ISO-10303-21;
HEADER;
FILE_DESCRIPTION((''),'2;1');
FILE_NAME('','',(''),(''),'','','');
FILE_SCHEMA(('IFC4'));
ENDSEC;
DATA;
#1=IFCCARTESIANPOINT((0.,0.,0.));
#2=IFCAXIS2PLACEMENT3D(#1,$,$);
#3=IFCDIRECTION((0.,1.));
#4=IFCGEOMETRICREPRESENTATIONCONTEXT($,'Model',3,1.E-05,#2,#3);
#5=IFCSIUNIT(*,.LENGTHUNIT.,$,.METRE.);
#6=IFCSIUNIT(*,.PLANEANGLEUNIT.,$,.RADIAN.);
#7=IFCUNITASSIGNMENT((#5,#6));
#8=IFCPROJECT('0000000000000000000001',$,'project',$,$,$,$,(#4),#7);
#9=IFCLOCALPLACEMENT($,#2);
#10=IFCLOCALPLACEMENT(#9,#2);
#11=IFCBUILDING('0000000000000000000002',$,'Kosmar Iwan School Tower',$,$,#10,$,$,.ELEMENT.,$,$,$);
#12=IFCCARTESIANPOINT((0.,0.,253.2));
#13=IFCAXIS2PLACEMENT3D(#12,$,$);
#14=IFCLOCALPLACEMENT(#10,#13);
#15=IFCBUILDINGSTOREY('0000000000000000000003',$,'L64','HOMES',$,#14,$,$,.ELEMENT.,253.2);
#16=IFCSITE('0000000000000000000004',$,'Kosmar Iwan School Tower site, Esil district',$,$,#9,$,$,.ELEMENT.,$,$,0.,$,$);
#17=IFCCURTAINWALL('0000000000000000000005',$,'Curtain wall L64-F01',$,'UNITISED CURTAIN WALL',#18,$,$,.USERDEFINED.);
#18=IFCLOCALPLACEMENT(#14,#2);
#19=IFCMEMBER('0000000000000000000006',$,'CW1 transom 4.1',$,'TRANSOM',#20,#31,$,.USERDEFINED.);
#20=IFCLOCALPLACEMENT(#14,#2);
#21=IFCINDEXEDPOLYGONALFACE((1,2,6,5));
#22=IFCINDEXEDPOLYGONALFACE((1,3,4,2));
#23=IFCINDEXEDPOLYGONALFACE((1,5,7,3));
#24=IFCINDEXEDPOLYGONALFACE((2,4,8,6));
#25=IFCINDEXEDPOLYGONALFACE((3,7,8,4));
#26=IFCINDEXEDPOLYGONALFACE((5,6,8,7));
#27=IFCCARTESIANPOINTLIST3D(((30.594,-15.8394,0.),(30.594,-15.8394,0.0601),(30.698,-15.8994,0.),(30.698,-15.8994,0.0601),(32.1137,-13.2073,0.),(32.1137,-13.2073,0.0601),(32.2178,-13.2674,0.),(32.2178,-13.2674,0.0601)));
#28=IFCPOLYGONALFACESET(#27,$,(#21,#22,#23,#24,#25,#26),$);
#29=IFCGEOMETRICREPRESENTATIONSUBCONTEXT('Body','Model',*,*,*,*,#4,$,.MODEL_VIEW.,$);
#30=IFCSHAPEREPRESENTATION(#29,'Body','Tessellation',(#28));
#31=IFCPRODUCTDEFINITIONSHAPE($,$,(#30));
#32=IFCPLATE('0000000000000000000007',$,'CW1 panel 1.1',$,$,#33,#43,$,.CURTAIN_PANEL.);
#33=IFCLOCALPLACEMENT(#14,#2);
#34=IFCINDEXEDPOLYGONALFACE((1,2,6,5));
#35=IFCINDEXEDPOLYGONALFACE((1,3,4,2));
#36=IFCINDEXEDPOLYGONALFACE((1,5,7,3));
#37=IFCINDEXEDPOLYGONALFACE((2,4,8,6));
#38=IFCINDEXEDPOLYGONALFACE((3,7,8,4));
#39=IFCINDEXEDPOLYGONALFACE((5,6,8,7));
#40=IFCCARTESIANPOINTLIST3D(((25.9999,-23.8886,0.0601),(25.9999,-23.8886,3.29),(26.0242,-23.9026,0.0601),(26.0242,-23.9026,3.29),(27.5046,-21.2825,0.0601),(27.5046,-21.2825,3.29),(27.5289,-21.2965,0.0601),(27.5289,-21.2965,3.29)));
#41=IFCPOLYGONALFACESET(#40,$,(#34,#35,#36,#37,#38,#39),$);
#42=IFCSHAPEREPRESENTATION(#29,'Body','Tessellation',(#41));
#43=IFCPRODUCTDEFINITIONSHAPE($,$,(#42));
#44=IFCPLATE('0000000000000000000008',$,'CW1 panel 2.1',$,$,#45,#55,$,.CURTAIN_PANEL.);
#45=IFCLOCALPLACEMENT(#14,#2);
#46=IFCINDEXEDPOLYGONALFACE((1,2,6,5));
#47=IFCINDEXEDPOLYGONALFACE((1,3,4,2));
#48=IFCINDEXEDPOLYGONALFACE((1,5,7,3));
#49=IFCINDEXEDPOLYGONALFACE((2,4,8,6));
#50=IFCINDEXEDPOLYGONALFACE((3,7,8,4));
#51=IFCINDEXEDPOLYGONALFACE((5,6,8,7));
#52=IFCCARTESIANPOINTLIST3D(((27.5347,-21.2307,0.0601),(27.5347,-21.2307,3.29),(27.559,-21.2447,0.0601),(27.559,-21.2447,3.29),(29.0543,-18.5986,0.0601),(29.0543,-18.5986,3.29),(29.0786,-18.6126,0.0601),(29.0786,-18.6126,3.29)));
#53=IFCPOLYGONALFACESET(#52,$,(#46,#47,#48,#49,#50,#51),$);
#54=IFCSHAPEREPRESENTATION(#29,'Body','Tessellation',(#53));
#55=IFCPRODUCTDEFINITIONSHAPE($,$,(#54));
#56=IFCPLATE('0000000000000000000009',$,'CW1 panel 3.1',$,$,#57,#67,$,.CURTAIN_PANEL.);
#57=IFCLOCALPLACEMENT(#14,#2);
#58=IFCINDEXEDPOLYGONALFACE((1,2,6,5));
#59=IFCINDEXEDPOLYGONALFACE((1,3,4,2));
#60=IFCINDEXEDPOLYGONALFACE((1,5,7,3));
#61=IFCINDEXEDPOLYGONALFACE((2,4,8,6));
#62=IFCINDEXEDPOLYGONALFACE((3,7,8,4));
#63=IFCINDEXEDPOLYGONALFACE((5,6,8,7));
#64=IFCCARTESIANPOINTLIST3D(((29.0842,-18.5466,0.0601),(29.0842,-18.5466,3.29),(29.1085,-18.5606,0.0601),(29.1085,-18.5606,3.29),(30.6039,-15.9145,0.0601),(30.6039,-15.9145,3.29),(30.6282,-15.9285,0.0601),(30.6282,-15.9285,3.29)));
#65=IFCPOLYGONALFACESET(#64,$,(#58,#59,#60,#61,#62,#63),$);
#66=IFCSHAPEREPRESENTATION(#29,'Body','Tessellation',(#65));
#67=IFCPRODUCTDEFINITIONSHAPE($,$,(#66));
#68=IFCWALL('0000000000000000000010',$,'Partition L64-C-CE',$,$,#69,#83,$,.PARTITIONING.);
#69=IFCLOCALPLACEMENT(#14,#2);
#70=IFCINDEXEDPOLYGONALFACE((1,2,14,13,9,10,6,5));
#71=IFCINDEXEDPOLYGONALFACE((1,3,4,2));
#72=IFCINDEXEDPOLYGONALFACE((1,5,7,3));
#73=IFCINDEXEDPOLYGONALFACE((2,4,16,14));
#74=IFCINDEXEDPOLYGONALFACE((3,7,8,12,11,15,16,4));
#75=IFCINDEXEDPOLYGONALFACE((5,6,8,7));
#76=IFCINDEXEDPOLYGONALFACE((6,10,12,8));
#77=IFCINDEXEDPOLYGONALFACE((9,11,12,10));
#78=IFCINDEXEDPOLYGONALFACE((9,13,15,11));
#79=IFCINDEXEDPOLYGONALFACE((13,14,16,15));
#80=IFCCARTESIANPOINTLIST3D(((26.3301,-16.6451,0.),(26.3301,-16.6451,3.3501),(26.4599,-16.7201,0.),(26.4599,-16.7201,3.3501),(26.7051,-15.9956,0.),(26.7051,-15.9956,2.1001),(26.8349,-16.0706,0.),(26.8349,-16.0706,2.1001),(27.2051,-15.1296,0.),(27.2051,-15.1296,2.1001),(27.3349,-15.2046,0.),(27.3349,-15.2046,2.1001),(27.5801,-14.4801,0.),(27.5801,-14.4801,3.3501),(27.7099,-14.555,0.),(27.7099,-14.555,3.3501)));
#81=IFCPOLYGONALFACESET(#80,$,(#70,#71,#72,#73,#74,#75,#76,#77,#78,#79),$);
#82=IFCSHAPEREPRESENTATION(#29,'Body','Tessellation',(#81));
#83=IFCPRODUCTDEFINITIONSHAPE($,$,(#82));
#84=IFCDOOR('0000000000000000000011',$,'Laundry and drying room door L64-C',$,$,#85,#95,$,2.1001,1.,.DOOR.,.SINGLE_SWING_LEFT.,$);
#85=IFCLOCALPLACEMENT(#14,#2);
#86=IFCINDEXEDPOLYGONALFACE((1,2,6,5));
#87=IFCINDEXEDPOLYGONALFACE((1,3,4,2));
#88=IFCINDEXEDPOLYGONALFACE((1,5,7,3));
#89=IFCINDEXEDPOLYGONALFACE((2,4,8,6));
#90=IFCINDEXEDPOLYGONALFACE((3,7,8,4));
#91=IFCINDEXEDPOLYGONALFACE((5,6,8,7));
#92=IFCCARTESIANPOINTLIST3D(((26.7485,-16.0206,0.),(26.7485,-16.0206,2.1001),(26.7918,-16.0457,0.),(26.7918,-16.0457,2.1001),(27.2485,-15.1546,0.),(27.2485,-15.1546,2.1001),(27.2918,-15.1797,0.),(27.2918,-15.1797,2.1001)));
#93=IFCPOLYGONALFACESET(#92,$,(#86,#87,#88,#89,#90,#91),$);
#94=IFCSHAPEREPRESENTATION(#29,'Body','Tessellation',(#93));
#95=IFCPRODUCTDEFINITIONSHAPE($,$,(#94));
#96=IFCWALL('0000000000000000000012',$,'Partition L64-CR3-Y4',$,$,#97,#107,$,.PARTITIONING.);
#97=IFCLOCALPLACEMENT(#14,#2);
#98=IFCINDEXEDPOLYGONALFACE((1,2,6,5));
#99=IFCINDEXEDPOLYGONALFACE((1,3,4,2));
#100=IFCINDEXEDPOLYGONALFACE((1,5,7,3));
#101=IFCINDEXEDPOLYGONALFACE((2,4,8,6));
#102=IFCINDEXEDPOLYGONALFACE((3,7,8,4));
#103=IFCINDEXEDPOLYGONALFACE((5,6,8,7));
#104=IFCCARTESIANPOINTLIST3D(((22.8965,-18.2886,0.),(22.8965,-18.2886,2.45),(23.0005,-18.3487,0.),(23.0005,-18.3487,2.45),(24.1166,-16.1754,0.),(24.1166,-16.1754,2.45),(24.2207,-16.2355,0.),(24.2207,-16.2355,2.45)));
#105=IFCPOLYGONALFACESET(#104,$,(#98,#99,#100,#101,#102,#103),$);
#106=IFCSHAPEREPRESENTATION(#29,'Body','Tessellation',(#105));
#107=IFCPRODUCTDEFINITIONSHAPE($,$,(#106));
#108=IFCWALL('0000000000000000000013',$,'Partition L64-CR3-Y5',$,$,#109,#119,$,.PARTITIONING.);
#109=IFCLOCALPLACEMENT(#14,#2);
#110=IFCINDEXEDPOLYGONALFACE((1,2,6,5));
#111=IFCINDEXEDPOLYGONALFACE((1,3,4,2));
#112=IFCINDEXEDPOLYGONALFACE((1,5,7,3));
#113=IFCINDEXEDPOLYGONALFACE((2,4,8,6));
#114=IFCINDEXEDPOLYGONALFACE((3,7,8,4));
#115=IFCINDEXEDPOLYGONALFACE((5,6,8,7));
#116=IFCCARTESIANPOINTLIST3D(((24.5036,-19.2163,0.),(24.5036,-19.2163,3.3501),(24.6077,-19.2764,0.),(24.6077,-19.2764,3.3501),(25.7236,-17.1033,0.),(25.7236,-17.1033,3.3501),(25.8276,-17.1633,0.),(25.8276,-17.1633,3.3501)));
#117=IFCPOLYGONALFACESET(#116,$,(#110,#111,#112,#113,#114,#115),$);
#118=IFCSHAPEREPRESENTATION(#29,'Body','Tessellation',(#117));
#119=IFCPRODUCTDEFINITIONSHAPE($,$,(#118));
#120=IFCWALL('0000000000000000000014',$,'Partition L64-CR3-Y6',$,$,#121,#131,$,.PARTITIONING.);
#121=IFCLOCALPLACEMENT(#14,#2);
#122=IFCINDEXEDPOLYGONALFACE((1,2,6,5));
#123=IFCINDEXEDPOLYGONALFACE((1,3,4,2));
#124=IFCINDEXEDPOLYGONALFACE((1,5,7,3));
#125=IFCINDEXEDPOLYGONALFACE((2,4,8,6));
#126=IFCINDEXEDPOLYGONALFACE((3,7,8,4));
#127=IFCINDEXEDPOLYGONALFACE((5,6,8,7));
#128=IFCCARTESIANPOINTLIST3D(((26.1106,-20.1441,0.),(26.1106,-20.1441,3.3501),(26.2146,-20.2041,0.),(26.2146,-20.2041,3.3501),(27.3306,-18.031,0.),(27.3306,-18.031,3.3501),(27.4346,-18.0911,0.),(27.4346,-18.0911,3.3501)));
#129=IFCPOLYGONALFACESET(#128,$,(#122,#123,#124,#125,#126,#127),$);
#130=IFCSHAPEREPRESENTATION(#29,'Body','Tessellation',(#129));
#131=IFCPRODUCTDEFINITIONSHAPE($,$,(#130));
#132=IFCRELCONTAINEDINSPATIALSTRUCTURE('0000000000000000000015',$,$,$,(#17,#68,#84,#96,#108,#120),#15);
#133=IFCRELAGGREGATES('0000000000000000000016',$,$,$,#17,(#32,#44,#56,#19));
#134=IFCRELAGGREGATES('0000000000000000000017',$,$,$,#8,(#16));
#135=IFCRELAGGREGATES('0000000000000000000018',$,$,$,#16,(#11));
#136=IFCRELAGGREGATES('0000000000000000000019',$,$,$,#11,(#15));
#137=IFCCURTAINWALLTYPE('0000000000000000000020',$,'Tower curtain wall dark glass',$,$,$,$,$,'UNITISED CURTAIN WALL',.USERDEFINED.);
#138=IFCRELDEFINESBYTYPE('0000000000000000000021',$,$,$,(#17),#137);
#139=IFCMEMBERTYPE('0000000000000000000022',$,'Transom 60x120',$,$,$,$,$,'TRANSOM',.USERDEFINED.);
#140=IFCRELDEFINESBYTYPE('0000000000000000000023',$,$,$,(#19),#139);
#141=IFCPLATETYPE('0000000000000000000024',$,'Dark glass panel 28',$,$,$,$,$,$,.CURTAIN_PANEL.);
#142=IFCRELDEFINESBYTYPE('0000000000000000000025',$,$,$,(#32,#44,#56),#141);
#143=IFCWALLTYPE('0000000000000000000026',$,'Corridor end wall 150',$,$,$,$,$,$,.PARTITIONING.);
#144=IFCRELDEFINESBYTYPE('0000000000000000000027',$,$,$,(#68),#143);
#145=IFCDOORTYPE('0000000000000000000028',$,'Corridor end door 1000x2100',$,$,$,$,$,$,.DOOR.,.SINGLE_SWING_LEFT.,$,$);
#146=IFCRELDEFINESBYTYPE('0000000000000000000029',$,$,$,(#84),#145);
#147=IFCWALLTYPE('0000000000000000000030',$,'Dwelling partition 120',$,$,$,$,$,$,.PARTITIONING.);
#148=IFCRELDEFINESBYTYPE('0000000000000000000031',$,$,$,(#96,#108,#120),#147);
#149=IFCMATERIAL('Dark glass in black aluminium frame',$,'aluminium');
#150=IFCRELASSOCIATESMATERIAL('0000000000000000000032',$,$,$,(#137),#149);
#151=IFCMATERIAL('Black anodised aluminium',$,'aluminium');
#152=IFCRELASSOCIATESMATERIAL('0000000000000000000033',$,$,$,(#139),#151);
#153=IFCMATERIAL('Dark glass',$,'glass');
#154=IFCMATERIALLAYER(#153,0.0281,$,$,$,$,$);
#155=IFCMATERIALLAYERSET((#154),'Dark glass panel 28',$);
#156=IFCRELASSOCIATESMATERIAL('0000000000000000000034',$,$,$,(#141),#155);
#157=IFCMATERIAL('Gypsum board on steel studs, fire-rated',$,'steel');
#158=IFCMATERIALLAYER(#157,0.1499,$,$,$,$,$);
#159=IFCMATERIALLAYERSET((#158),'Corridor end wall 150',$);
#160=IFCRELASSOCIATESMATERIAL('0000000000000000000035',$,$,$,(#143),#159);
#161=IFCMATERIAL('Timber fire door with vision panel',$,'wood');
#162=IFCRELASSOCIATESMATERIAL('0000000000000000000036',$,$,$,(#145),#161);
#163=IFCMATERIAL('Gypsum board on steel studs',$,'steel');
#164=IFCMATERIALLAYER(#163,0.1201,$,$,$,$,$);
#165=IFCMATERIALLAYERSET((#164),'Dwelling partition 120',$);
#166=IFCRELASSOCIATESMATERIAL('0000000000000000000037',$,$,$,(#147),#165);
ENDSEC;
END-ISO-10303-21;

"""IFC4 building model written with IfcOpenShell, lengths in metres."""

from ifc_helpers import new_model, si_unit, direction, frame, frame_2d, origin, origin_2d, place, context, subcontext, project, spatial, rectangle, extrude, material, layer, layer_set, material_profile, profile_set, type_object, element, fill, aggregate, save


model = new_model("IFC4")

# Units and contexts
model_context = context("Model", 3, precision=1e-05, world=origin(), true_north=direction((0.0, 1.0)))
body_context = subcontext(model_context, "Body", "Model", "MODEL_VIEW")
ifc_project = project(units=[si_unit("LENGTHUNIT", "METRE"), si_unit("PLANEANGLEUNIT", "RADIAN")], contexts=[model_context])

# Site, building, storey
site_placement = place(None, origin())
site = spatial("IfcSite", under=ifc_project, at=site_placement, Name="Kosmar Iwan School Tower site, Esil district", CompositionType="ELEMENT", RefElevation=0.0)
building_placement = place(site_placement, origin())
building = spatial("IfcBuilding", under=site, at=building_placement, Name="Kosmar Iwan School Tower", CompositionType="ELEMENT")
storey_placement = place(building_placement, frame((0.0, 0.0, 253.2)))
storey = spatial("IfcBuildingStorey", under=building, at=storey_placement, Name="L64", Description="HOMES", CompositionType="ELEMENT", Elevation=253.2)

# Curtain wall
ifc_material_1 = material(Name="Dark glass in black aluminium frame", Category="aluminium")
curtain_wall_type_1 = type_object("IfcCurtainWallType", Name="Tower curtain wall dark glass", ElementType="UNITISED CURTAIN WALL", PredefinedType="USERDEFINED", material=ifc_material_1)
curtain_wall_1_placement = place(storey_placement, origin())
curtain_wall_1 = element("IfcCurtainWall", 1, at=curtain_wall_1_placement, inside=storey, type_object=curtain_wall_type_1, Name="Curtain wall L64-F01", ObjectType="UNITISED CURTAIN WALL", PredefinedType="USERDEFINED")

# Member
ifc_material_2 = material(Name="Black anodised aluminium", Category="aluminium")
ifc_material_profile_1 = material_profile(ifc_material_2, rectangle(XDim=0.1201, YDim=0.0601, at=origin_2d()), Name="TRANSOM 60x120")
ifc_profile_set_1 = profile_set([ifc_material_profile_1], Name="Black anodised aluminium")
member_type_1 = type_object("IfcMemberType", Name="Transom 60x120", ElementType="TRANSOM", PredefinedType="USERDEFINED", material=ifc_profile_set_1)
member_1_placement = place(storey_placement, frame((30.646, -15.8694, 0.03), z_axis=(0.500035, 0.866005, 0.0), x_axis=(-0.866005, 0.500035, 0.0)))
member_1 = element("IfcMember", 2, at=member_1_placement, type_object=member_type_1, Name="CW1 transom 4.1", ObjectType="TRANSOM", PredefinedType="USERDEFINED", context=body_context, shape_type="SweptSolid", body=[
    extrude(rectangle(XDim=0.1201, YDim=0.0601, at=origin_2d()), origin(), (0.0, 0.0, 1.0), 3.0393),
])

# Plates
ifc_material_3 = material(Name="Dark glass", Category="glass")
ifc_layer_1 = layer(ifc_material_3, 0.0281)
ifc_layer_set_1 = layer_set([ifc_layer_1], Name="Dark glass panel 28")
plate_type = type_object("IfcPlateType", Name="Dark glass panel 28", PredefinedType="CURTAIN_PANEL", material=ifc_layer_set_1)
plate_1_placement = place(storey_placement, frame((26.7644, -22.5925, 0.0601), z_axis=(0.0, 0.0, 1.0), x_axis=(0.5, 0.866025, 0.0)))
plate_1 = element("IfcPlate", 3, at=plate_1_placement, type_object=plate_type, Name="CW1 panel 1.1", PredefinedType="CURTAIN_PANEL", context=body_context, shape_type="SweptSolid", body=[
    extrude(rectangle(XDim=3.0093, YDim=0.0281, at=origin_2d()), origin(), (0.0, 0.0, 1.0), 3.23),
])
plate_2_placement = place(storey_placement, frame((28.3066, -19.9216, 0.0601), z_axis=(0.0, 0.0, 1.0), x_axis=(0.5, 0.866025, 0.0)))
plate_2 = element("IfcPlate", 4, at=plate_2_placement, type_object=plate_type, Name="CW1 panel 2.1", PredefinedType="CURTAIN_PANEL", context=body_context, shape_type="SweptSolid", body=[
    extrude(rectangle(XDim=3.0393, YDim=0.0281, at=origin_2d()), origin(), (0.0, 0.0, 1.0), 3.23),
])
plate_3_placement = place(storey_placement, frame((29.8562, -17.2375, 0.0601), z_axis=(0.0, 0.0, 1.0), x_axis=(0.5, 0.866025, 0.0)))
plate_3 = element("IfcPlate", 5, at=plate_3_placement, type_object=plate_type, Name="CW1 panel 3.1", PredefinedType="CURTAIN_PANEL", context=body_context, shape_type="SweptSolid", body=[
    extrude(rectangle(XDim=3.0393, YDim=0.0281, at=origin_2d()), origin(), (0.0, 0.0, 1.0), 3.23),
])
aggregate(curtain_wall_1, [plate_1, plate_2, plate_3, member_1])

# Wall, opening, door
ifc_material_4 = material(Name="Gypsum board on steel studs, fire-rated", Category="steel")
ifc_layer_2 = layer(ifc_material_4, 0.1499)
ifc_layer_set_2 = layer_set([ifc_layer_2], Name="Corridor end wall 150")
wall_type_1 = type_object("IfcWallType", Name="Corridor end wall 150", PredefinedType="PARTITIONING", material=ifc_layer_set_2)
wall_1_placement = place(storey_placement, frame((26.395, -16.6826, 0.0), z_axis=(0.0, 0.0, 1.0), x_axis=(0.500004, 0.866023, 0.0)))
wall_1 = element("IfcWall", 6, at=wall_1_placement, inside=storey, type_object=wall_type_1, Name="Partition L64-C-CE", PredefinedType="PARTITIONING", context=body_context, shape_type="SweptSolid", body=[
    extrude(rectangle(XDim=2.5, YDim=0.1499, at=frame_2d((1.25, 0.0))), origin(), (0.0, 0.0, 1.0), 3.3501),
])
opening_placement = place(wall_1_placement, frame((0.75, 0.0, 0.0)))
opening = element("IfcOpeningElement", 7, at=opening_placement, cuts=wall_1, PredefinedType="OPENING", context=body_context, shape_type="SweptSolid", body=[
    extrude(rectangle(XDim=1.0, YDim=2.1001, at=frame_2d((0.5, 1.05))), frame((0.0, 0.0869, 0.0), z_axis=(0.0, -1.0, 0.0), x_axis=(1.0, 0.0, 0.0)), (0.0, 0.0, 1.0), 0.1738),
])
ifc_material_5 = material(Name="Timber fire door with vision panel", Category="wood")
door_type = type_object("IfcDoorType", Name="Corridor end door 1000x2100", OperationType="SINGLE_SWING_LEFT", PredefinedType="DOOR", material=ifc_material_5)
door_placement = place(opening_placement, origin())
door = element("IfcDoor", 8, at=door_placement, inside=storey, type_object=door_type, Name="Laundry and drying room door L64-C", OperationType="SINGLE_SWING_LEFT", OverallHeight=2.1001, OverallWidth=1.0, PredefinedType="DOOR", context=body_context, shape_type="SweptSolid", body=[
    extrude(rectangle(XDim=1.0, YDim=2.1001, at=frame_2d((0.5, 1.05))), frame((0.0, 0.0249, 0.0), z_axis=(0.0, -1.0, 0.0), x_axis=(1.0, 0.0, 0.0)), (0.0, 0.0, 1.0), 0.05),
])
fill(opening, door)

# Walls
ifc_material_6 = material(Name="Gypsum board on steel studs", Category="steel")
ifc_layer_3 = layer(ifc_material_6, 0.1201)
ifc_layer_set_3 = layer_set([ifc_layer_3], Name="Dwelling partition 120")
wall_type_2 = type_object("IfcWallType", Name="Dwelling partition 120", PredefinedType="PARTITIONING", material=ifc_layer_set_3)
wall_2_placement = place(storey_placement, frame((24.1687, -16.2053, 0.0), z_axis=(0.0, 0.0, 1.0), x_axis=(-0.500034, -0.866006, 0.0)))
element("IfcWall", 9, at=wall_2_placement, inside=storey, type_object=wall_type_2, Name="Partition L64-CR3-Y4", PredefinedType="PARTITIONING", context=body_context, shape_type="SweptSolid", body=[
    extrude(rectangle(XDim=2.4402, YDim=0.1201, at=frame_2d((1.2202, 0.0))), origin(), (0.0, 0.0, 1.0), 2.45),
])
for number, where, z_axis, x_axis, name in (
    (10, (25.7756, -17.1333, 0.0), (0.0, 0.0, 1.0), (-0.500003, -0.866024, 0.0), "Partition L64-CR3-Y5"),
    (11, (27.3826, -18.061, 0.0), (0.0, 0.0, 1.0), (-0.500003, -0.866024, 0.0), "Partition L64-CR3-Y6"),
):
    element("IfcWall", number, at=place(storey_placement, frame(where, z_axis=z_axis, x_axis=x_axis)), inside=storey, type_object=wall_type_2, Name=name, PredefinedType="PARTITIONING", context=body_context, shape_type="SweptSolid", body=[
        extrude(rectangle(XDim=2.4399, YDim=0.1201, at=frame_2d((1.22, 0.0))), origin(), (0.0, 0.0, 1.0), 3.3501),
    ])

save(model, "model.ifc")
